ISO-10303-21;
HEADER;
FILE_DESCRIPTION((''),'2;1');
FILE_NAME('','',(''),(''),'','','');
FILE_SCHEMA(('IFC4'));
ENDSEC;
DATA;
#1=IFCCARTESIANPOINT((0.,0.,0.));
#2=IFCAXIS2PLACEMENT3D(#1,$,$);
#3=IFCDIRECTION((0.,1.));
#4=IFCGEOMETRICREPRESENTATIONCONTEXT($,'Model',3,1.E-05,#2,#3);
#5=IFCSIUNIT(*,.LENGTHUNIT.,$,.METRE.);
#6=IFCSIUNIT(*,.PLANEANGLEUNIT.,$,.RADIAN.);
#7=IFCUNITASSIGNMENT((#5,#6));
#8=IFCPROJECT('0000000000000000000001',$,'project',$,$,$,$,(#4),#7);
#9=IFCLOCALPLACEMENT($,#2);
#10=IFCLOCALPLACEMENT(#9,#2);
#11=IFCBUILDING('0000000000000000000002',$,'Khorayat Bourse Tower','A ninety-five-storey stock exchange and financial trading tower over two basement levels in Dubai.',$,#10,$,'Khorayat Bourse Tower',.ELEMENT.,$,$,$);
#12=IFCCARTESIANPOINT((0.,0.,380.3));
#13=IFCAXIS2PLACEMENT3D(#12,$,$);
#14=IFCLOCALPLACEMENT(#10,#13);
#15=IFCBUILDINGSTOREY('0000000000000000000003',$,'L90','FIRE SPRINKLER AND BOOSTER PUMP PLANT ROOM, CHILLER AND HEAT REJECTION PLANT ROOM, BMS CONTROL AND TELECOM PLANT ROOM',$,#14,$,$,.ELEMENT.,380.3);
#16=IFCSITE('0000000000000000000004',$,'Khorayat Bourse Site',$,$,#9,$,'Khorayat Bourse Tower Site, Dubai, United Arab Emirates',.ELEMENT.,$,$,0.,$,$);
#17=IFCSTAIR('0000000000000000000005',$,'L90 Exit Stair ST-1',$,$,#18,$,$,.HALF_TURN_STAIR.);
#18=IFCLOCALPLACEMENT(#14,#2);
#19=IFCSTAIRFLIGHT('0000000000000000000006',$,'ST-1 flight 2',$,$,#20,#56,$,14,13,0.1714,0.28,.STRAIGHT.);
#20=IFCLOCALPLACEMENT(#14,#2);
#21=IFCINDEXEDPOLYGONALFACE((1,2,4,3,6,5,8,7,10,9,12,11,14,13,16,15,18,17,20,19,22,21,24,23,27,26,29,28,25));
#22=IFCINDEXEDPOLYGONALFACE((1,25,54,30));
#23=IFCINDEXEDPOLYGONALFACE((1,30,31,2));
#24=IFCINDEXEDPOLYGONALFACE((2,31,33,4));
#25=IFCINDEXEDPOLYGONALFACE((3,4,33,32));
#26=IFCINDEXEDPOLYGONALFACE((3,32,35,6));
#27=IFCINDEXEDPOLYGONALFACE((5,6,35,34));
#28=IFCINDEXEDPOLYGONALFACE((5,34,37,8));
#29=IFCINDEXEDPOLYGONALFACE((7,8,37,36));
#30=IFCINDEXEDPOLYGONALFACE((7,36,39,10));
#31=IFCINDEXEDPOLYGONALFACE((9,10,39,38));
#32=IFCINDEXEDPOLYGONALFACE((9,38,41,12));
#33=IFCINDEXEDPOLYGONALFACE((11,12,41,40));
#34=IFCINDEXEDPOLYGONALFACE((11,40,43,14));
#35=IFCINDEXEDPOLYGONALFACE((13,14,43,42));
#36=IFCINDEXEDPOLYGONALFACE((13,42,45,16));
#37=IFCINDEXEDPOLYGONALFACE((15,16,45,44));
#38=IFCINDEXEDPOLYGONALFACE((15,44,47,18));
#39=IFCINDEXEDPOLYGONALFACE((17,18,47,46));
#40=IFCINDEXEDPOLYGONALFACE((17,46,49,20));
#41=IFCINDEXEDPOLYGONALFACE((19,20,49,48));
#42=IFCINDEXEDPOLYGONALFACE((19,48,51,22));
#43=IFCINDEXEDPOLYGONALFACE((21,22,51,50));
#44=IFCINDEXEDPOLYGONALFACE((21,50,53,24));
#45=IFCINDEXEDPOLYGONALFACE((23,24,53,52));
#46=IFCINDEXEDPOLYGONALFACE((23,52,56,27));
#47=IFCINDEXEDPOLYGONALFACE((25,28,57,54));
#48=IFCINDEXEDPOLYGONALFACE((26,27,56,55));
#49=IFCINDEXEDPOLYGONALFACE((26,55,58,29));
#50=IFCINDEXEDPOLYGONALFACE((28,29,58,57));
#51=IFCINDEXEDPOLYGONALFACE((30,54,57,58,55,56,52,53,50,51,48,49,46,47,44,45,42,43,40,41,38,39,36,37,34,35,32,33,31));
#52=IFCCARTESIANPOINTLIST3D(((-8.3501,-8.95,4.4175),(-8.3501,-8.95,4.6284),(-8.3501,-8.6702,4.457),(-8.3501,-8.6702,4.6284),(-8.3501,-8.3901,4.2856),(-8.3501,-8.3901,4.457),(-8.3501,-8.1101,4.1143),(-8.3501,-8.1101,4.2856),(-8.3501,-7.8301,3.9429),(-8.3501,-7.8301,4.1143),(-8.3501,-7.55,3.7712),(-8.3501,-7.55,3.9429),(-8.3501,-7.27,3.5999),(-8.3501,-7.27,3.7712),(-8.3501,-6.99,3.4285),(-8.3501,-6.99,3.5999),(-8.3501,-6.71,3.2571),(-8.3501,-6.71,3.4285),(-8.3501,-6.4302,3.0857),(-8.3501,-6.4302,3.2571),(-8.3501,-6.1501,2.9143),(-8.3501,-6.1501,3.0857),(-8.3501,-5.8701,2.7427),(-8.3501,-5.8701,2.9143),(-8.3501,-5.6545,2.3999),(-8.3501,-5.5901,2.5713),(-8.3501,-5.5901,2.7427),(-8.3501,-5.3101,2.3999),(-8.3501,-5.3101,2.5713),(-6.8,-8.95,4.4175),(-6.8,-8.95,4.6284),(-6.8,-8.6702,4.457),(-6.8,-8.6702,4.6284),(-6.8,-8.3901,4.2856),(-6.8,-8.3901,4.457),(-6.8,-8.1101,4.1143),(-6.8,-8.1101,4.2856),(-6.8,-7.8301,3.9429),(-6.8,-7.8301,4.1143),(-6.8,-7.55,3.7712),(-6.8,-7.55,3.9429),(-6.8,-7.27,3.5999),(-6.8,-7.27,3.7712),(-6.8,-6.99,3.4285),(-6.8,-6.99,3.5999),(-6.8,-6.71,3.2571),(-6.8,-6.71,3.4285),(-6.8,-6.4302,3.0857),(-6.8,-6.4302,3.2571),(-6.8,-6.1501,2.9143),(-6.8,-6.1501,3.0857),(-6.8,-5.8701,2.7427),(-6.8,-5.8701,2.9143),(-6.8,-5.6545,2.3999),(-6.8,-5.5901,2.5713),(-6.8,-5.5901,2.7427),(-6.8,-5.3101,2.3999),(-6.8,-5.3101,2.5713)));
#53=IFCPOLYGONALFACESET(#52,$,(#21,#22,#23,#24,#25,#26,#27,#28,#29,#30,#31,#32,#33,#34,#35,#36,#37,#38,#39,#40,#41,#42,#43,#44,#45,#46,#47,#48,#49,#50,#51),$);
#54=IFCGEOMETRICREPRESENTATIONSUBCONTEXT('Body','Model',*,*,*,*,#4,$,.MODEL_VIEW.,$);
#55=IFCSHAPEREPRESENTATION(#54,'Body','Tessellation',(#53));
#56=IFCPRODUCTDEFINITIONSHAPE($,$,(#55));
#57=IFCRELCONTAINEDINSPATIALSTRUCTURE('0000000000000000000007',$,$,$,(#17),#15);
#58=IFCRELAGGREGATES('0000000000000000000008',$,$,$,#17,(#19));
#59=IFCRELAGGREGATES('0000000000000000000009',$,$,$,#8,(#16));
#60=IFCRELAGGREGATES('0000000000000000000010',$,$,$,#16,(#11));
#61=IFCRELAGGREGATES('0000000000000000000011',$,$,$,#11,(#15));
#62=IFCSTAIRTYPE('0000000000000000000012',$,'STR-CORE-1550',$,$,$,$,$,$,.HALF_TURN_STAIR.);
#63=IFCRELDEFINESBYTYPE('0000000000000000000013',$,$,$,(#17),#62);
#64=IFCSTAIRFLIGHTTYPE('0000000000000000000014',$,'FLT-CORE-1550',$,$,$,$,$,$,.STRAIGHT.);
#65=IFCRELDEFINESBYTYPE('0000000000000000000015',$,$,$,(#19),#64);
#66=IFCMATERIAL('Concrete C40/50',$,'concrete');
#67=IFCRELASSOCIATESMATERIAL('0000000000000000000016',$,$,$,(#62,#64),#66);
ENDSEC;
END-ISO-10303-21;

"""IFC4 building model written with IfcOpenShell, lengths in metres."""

from ifc_helpers import new_model, si_unit, direction, frame, origin, place, context, subcontext, project, spatial, polyline, outline, extrude, source, transform, mapped, material, type_object, element, aggregate, save


model = new_model("IFC4")

# Units and contexts
model_context = context("Model", 3, precision=1e-05, world=origin(), true_north=direction((0.0, 1.0)))
body_context = subcontext(model_context, "Body", "Model", "MODEL_VIEW")
ifc_project = project(units=[si_unit("LENGTHUNIT", "METRE"), si_unit("PLANEANGLEUNIT", "RADIAN")], contexts=[model_context])

# Site, building, storey
site_placement = place(None, origin())
site = spatial("IfcSite", under=ifc_project, at=site_placement, Name="Khorayat Bourse Site", LongName="Khorayat Bourse Tower Site, Dubai, United Arab Emirates", CompositionType="ELEMENT", RefElevation=0.0)
building_placement = place(site_placement, origin())
building = spatial("IfcBuilding", under=site, at=building_placement, Name="Khorayat Bourse Tower", Description="A ninety-five-storey stock exchange and financial trading tower over two basement levels in Dubai.", LongName="Khorayat Bourse Tower", CompositionType="ELEMENT")
storey_placement = place(building_placement, frame((0.0, 0.0, 380.3)))
storey = spatial("IfcBuildingStorey", under=building, at=storey_placement, Name="L90", Description="FIRE SPRINKLER AND BOOSTER PUMP PLANT ROOM, CHILLER AND HEAT REJECTION PLANT ROOM, BMS CONTROL AND TELECOM PLANT ROOM", CompositionType="ELEMENT", Elevation=380.3)

# Stair, stair flight
ifc_material_1 = material(Name="Concrete C40/50", Category="concrete")
stair_type = type_object("IfcStairType", Name="STR-CORE-1550", PredefinedType="HALF_TURN_STAIR", material=ifc_material_1)
stair_placement = place(storey_placement, origin())
stair = element("IfcStair", 1, at=stair_placement, inside=storey, type_object=stair_type, Name="L90 Exit Stair ST-1", PredefinedType="HALF_TURN_STAIR")
stair_flight_type = type_object("IfcStairFlightType", Name="FLT-CORE-1550", PredefinedType="STRAIGHT", material=ifc_material_1)
shared_shape_1 = source(origin(), body_context, "Body", "SweptSolid", [
    extrude(outline(polyline([(0.0, 0.0), (0.0, 0.1714), (0.28, 0.1714), (0.28, 0.3428), (0.5601, 0.3428), (0.5601, 0.5144), (0.8401, 0.5144), (0.8401, 0.6858), (1.1201, 0.6858), (1.1201, 0.8572), (1.3999, 0.8572), (1.3999, 1.0286), (1.6799, 1.0286), (1.6799, 1.2), (1.96, 1.2), (1.96, 1.3713), (2.24, 1.3713), (2.24, 1.543), (2.52, 1.543), (2.52, 1.7144), (2.8, 1.7144), (2.8, 1.8857), (3.0801, 1.8857), (3.0801, 2.0571), (3.3601, 2.0571), (3.3601, 2.2285), (3.6399, 2.2285), (3.6399, 2.3999), (3.6399, 2.0176), (0.3445, 0.0), (0.0, 0.0)])), frame((0.0, 0.7749, 0.0), z_axis=(0.0, -1.0, 0.0), x_axis=(1.0, 0.0, 0.0)), (0.0, 0.0, 1.0), 1.55),
])
stair_flight_1_placement = place(storey_placement, frame((-7.575, -5.3101, 2.3999), z_axis=(0.0, 0.0, 1.0), x_axis=(0.0, -1.0, 0.0)))
stair_flight_1 = element("IfcStairFlight", 2, at=stair_flight_1_placement, type_object=stair_flight_type, Name="ST-1 flight 2", NumberOfRisers=14, NumberOfTreads=13, PredefinedType="STRAIGHT", RiserHeight=0.1714, TreadLength=0.28, context=body_context, shape_type="MappedRepresentation", body=[
    mapped(shared_shape_1, transform((0.0, 0.0, 0.0), scale=1.0)),
])
aggregate(stair, [stair_flight_1])

save(model, "model.ifc")
